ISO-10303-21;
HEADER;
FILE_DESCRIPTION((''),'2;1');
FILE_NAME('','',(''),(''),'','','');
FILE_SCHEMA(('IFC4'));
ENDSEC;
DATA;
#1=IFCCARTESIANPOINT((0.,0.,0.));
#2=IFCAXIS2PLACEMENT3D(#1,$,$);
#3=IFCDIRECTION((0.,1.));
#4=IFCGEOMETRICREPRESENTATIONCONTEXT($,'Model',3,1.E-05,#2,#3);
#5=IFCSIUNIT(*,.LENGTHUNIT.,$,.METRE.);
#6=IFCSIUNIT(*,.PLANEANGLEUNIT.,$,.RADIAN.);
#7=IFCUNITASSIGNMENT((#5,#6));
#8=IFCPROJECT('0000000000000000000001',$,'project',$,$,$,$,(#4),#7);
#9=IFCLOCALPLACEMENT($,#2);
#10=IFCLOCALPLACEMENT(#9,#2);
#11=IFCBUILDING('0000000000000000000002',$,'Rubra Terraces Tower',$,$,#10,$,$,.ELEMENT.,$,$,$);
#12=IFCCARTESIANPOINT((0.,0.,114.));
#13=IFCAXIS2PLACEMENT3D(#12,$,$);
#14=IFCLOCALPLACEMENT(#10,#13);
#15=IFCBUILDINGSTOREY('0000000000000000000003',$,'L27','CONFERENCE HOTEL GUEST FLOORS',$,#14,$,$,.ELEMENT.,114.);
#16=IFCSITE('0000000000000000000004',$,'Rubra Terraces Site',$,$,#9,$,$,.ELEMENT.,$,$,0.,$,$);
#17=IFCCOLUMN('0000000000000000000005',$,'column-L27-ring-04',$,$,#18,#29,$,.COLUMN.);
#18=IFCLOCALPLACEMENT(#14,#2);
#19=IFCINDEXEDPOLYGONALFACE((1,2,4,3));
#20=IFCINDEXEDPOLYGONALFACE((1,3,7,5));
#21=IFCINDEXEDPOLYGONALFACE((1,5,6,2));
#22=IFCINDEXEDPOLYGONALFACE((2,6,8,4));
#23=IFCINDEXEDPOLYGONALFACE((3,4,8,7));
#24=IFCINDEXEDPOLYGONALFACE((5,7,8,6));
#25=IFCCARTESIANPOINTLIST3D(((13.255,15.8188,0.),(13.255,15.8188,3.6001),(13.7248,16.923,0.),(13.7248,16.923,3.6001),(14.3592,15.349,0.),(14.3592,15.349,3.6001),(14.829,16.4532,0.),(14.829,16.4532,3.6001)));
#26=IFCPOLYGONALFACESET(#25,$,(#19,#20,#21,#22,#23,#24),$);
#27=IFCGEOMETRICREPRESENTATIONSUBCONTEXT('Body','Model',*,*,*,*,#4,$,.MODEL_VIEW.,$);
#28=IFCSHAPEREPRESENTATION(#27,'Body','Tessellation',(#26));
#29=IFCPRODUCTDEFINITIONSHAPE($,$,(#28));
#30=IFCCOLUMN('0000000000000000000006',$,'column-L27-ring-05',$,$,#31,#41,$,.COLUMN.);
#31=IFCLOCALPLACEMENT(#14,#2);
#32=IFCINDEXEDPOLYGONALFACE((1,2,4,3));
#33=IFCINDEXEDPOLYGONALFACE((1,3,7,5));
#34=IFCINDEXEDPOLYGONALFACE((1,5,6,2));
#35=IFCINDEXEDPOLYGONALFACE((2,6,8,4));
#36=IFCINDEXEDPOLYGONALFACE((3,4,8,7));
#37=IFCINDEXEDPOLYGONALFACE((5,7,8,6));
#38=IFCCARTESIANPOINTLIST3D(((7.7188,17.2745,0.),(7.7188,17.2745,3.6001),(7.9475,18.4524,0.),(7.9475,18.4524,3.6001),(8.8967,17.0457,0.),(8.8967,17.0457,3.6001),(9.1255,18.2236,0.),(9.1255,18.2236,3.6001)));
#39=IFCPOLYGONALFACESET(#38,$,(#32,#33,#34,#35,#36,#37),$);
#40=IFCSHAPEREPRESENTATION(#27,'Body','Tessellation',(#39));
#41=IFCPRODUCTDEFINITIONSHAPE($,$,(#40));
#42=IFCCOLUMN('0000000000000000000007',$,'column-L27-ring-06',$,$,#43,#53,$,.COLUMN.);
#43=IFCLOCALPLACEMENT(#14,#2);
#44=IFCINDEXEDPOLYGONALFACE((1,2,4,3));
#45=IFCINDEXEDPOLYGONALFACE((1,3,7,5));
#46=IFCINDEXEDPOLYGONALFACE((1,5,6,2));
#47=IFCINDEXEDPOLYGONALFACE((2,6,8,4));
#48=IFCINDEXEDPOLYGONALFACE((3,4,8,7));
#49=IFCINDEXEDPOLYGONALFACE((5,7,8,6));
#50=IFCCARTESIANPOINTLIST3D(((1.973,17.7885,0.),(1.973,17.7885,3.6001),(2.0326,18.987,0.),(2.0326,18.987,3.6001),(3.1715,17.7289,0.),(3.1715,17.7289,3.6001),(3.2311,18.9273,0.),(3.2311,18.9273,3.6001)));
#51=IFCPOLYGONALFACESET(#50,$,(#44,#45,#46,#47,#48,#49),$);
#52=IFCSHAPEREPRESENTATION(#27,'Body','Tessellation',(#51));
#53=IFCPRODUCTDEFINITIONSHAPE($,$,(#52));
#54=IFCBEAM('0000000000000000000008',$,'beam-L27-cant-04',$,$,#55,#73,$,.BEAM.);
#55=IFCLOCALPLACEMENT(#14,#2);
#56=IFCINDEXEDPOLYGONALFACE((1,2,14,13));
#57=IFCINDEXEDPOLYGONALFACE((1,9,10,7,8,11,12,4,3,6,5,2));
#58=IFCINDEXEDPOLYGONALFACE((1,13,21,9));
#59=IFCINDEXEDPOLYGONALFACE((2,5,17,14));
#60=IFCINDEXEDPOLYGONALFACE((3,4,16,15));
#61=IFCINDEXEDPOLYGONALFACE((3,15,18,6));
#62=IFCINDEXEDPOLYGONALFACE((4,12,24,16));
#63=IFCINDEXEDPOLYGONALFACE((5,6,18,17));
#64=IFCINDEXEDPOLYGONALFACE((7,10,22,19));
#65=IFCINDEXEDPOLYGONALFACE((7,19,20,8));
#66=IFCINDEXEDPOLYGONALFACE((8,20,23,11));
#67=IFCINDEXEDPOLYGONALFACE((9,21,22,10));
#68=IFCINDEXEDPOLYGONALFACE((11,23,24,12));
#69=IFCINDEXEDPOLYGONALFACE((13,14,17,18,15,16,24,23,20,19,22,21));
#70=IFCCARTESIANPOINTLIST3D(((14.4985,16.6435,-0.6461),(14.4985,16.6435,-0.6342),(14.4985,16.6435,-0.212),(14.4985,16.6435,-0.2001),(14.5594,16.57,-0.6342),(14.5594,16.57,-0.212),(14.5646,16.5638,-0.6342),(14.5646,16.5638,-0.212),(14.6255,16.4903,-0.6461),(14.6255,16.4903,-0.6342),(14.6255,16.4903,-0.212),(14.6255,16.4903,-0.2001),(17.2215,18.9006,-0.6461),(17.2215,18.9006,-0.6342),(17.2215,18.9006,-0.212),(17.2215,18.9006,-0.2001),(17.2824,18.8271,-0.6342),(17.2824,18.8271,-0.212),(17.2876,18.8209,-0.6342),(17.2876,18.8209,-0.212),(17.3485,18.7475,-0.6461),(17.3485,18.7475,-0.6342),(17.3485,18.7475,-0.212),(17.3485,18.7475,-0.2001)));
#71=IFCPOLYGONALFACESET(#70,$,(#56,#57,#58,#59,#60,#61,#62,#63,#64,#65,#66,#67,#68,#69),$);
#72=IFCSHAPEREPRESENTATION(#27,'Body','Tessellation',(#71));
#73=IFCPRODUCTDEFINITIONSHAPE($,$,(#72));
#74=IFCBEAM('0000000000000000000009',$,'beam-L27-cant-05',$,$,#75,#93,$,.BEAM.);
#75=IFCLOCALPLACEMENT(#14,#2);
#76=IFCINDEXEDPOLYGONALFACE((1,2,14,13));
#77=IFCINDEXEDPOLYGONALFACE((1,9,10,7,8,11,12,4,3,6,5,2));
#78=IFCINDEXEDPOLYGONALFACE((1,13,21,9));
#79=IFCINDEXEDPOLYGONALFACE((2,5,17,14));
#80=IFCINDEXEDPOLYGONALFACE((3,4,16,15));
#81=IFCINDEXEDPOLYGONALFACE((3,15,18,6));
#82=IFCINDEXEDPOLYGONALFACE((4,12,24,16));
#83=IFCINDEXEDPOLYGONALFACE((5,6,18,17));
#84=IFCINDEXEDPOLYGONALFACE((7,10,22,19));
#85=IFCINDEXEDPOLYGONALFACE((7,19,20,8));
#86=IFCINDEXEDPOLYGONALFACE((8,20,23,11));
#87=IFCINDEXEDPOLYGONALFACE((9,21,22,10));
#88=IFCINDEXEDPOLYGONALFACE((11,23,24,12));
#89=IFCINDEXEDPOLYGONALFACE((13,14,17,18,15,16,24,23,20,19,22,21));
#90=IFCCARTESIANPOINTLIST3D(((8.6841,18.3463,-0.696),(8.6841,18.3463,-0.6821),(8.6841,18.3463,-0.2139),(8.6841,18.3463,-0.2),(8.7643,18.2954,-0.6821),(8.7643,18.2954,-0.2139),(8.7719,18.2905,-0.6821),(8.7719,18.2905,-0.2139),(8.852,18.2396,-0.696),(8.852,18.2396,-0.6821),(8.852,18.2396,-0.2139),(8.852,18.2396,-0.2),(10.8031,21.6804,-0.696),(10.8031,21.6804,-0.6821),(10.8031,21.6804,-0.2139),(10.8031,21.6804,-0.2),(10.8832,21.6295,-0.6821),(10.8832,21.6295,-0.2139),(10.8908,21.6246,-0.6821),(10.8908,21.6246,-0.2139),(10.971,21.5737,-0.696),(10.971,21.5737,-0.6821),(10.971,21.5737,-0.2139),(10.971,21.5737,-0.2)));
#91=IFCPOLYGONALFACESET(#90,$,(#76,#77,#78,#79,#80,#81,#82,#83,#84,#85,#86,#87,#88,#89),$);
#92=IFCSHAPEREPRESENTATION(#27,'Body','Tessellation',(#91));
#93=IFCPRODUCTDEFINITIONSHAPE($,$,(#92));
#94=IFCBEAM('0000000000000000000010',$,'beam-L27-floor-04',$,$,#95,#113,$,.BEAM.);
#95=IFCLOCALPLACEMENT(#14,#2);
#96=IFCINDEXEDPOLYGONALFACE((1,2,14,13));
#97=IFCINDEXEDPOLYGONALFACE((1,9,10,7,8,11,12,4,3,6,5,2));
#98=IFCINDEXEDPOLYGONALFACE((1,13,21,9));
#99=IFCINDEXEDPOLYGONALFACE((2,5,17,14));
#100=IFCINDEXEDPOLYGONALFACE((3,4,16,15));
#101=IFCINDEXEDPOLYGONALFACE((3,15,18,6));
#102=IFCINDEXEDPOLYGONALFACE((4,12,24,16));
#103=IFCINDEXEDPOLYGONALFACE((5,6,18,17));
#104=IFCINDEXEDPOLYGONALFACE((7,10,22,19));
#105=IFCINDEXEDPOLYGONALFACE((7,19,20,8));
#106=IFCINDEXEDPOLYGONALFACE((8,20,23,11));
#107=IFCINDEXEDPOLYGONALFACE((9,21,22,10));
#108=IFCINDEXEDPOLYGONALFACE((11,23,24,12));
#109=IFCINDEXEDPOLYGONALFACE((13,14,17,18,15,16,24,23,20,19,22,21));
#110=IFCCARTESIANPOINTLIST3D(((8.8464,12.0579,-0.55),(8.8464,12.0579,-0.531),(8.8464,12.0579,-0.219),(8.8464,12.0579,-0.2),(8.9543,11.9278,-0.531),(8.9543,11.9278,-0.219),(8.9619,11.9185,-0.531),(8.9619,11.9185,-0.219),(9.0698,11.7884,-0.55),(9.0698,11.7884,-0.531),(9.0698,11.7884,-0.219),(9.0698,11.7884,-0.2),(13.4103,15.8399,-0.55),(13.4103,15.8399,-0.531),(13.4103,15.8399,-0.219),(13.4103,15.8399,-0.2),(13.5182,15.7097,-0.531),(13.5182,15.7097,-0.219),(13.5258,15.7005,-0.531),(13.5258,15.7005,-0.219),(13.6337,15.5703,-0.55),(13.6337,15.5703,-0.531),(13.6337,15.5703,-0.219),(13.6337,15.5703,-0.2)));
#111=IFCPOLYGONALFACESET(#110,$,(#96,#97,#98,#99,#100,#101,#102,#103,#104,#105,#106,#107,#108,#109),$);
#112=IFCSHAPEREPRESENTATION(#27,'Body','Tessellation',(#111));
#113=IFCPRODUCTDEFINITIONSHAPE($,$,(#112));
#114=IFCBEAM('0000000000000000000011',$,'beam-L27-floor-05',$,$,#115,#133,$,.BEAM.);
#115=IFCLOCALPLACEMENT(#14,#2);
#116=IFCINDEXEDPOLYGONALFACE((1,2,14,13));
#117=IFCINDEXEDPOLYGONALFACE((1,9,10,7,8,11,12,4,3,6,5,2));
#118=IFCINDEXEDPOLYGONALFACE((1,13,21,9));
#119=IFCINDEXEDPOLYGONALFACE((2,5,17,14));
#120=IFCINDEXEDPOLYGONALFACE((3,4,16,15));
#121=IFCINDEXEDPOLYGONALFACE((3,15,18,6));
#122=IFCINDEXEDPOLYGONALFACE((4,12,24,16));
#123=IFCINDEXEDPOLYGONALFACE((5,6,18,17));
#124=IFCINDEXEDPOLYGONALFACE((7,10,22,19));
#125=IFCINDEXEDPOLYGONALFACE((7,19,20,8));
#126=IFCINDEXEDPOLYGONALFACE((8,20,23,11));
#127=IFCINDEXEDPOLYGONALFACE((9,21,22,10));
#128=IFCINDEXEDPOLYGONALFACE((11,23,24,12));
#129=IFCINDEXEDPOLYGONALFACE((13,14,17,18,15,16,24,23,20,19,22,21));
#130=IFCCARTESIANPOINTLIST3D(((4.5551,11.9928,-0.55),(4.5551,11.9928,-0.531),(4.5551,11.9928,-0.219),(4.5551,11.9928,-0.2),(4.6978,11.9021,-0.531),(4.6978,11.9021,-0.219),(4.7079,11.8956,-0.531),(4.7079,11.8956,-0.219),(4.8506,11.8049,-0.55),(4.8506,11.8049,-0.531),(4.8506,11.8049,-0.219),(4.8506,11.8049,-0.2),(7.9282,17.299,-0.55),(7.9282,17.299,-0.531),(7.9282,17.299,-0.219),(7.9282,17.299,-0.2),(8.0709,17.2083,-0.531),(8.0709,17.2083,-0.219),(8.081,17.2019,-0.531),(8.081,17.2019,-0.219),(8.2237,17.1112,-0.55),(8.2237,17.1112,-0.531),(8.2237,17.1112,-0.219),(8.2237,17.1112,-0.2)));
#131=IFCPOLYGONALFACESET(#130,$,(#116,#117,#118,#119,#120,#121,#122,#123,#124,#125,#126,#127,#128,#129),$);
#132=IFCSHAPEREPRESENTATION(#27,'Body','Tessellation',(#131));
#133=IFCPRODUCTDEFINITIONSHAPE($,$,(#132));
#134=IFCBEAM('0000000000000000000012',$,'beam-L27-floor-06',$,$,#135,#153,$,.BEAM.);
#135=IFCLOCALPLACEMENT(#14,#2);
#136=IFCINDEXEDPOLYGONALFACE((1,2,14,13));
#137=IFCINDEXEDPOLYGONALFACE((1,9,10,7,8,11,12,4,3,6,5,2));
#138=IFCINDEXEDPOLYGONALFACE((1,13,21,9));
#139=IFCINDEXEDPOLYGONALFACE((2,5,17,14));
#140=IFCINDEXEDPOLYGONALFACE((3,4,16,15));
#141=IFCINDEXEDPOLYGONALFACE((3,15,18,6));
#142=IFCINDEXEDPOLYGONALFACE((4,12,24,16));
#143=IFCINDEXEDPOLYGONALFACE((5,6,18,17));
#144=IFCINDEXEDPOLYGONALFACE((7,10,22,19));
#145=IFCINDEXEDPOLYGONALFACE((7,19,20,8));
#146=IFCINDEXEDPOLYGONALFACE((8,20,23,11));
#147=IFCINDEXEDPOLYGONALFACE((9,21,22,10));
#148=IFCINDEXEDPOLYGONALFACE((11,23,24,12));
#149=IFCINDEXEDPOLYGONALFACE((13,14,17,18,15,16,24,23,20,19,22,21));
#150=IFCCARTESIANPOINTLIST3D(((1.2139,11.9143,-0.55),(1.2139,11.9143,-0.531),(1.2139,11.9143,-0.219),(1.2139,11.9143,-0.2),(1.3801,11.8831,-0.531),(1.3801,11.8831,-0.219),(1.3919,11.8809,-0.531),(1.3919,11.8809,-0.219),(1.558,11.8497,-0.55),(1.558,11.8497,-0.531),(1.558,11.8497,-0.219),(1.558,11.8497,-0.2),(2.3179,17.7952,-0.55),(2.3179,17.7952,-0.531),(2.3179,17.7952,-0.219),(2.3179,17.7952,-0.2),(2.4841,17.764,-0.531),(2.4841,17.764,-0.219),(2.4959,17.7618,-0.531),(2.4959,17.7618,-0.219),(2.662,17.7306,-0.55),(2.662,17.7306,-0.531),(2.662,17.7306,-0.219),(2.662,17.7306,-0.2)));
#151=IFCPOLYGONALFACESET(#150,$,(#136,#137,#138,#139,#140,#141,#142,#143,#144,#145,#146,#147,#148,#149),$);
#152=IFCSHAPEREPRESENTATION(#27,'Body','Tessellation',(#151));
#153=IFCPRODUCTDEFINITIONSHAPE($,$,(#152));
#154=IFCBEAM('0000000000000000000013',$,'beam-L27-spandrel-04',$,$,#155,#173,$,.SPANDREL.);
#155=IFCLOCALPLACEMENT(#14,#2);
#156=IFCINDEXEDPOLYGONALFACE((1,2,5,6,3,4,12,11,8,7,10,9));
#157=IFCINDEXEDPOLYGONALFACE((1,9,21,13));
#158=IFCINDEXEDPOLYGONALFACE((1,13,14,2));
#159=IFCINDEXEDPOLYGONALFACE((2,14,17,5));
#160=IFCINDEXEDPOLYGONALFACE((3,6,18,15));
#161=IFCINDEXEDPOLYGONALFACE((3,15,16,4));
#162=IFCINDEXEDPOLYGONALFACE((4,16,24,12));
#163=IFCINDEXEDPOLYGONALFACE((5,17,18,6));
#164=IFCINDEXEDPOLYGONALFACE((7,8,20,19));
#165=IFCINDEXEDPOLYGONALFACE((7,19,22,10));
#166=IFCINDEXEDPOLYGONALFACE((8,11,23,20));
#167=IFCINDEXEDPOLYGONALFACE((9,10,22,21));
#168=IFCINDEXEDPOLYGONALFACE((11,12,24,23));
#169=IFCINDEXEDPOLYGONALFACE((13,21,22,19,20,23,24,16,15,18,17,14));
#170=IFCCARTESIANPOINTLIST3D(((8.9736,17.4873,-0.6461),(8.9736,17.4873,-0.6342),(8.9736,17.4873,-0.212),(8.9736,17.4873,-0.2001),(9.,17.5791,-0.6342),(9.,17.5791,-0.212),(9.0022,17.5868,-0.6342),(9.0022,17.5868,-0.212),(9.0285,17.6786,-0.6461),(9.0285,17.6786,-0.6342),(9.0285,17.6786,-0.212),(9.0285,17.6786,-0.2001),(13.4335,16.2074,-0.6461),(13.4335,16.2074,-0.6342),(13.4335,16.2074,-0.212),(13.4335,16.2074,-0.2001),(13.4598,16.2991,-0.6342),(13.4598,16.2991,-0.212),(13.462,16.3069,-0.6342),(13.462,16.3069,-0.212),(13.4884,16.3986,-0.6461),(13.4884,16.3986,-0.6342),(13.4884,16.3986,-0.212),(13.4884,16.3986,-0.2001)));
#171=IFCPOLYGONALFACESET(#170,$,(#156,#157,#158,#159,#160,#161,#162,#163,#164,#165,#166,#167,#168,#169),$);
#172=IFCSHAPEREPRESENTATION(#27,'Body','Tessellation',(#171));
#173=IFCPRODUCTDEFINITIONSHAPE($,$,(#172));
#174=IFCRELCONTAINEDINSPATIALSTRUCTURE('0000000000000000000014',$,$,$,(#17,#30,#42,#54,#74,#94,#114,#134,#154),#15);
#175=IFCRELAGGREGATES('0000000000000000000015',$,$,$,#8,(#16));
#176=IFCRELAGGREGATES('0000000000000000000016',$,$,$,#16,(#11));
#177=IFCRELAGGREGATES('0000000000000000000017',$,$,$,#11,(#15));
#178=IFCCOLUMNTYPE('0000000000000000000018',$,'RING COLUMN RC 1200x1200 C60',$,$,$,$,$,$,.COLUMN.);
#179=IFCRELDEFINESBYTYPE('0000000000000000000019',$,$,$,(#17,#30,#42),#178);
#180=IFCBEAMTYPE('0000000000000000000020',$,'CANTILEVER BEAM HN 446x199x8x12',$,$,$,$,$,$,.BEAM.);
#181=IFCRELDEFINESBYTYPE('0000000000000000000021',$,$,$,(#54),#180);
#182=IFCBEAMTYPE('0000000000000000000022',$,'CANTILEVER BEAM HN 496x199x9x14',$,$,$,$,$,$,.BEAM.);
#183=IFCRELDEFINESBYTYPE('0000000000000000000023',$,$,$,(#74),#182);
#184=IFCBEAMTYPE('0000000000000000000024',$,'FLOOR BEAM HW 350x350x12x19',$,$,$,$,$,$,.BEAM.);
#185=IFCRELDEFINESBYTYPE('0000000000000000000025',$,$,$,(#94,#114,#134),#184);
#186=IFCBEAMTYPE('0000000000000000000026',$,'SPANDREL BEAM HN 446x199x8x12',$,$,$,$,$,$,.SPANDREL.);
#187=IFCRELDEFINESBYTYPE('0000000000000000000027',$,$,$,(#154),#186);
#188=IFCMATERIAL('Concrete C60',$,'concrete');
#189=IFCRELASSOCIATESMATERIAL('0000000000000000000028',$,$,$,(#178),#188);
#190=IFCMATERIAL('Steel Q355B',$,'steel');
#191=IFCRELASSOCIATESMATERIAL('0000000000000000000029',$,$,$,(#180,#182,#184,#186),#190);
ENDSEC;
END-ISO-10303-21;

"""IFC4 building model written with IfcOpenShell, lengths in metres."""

from ifc_helpers import new_model, si_unit, direction, frame, origin, origin_2d, place, context, subcontext, project, spatial, rectangle, i_section, extrude, material, material_profile, profile_set, type_object, element, save


model = new_model("IFC4")

# Units and contexts
model_context = context("Model", 3, precision=1e-05, world=origin(), true_north=direction((0.0, 1.0)))
body_context = subcontext(model_context, "Body", "Model", "MODEL_VIEW")
ifc_project = project(units=[si_unit("LENGTHUNIT", "METRE"), si_unit("PLANEANGLEUNIT", "RADIAN")], contexts=[model_context])

# Site, building, storey
site_placement = place(None, origin())
site = spatial("IfcSite", under=ifc_project, at=site_placement, Name="Rubra Terraces Site", CompositionType="ELEMENT", RefElevation=0.0)
building_placement = place(site_placement, origin())
building = spatial("IfcBuilding", under=site, at=building_placement, Name="Rubra Terraces Tower", CompositionType="ELEMENT")
storey_placement = place(building_placement, frame((0.0, 0.0, 114.0)))
storey = spatial("IfcBuildingStorey", under=building, at=storey_placement, Name="L27", Description="CONFERENCE HOTEL GUEST FLOORS", CompositionType="ELEMENT", Elevation=114.0)

# Columns
ifc_material_1 = material(Name="Concrete C60", Category="concrete")
ifc_material_profile_1 = material_profile(ifc_material_1, rectangle(XDim=1.2, YDim=1.2, at=origin_2d()), Name="RC 1200x1200")
ifc_profile_set_1 = profile_set([ifc_material_profile_1], Name="Concrete C60")
column_type = type_object("IfcColumnType", Name="RING COLUMN RC 1200x1200 C60", PredefinedType="COLUMN", material=ifc_profile_set_1)
for number, where, z_axis, x_axis, name in (
    (1, (14.042, 16.136, 0.0), (0.0, 0.0, 1.0), (-0.920168, 0.391524, 0.0), "column-L27-ring-04"),
    (2, (8.4221, 17.749, 0.0), (0.0, 0.0, 1.0), (-0.981655, 0.190668, 0.0), "column-L27-ring-05"),
    (3, (2.6021, 18.3579, 0.0), (0.0, 0.0, 1.0), (-0.998764, 0.049699, 0.0), "column-L27-ring-06"),
):
    element("IfcColumn", number, at=place(storey_placement, frame(where, z_axis=z_axis, x_axis=x_axis)), inside=storey, type_object=column_type, Name=name, PredefinedType="COLUMN", context=body_context, shape_type="SweptSolid", body=[
        extrude(rectangle(XDim=1.2, YDim=1.2, at=origin_2d()), origin(), (0.0, 0.0, 1.0), 3.6001),
    ])

# Beams
ifc_material_2 = material(Name="Steel Q355B", Category="steel")
ifc_material_profile_2 = material_profile(ifc_material_2, i_section(OverallWidth=0.199, OverallDepth=0.446, WebThickness=0.0081, FlangeThickness=0.012, at=origin_2d()), Name="HN 446x199x8x12")
ifc_profile_set_2 = profile_set([ifc_material_profile_2], Name="Steel Q355B")
beam_type_1 = type_object("IfcBeamType", Name="CANTILEVER BEAM HN 446x199x8x12", PredefinedType="BEAM", material=ifc_profile_set_2)
beam_1_placement = place(storey_placement, frame((14.562, 16.5669, -0.4231), z_axis=(0.769888, 0.638179, 0.0), x_axis=(-0.638179, 0.769888, 0.0)))
element("IfcBeam", 4, at=beam_1_placement, inside=storey, type_object=beam_type_1, Name="beam-L27-cant-04", PredefinedType="BEAM", context=body_context, shape_type="SweptSolid", body=[
    extrude(i_section(OverallWidth=0.199, OverallDepth=0.446, WebThickness=0.0081, FlangeThickness=0.012, at=origin_2d()), origin(), (0.0, 0.0, 1.0), 3.5369),
])
ifc_material_profile_3 = material_profile(ifc_material_2, i_section(OverallWidth=0.199, OverallDepth=0.4961, WebThickness=0.009, FlangeThickness=0.0139, at=origin_2d()), Name="HN 496x199x9x14")
ifc_profile_set_3 = profile_set([ifc_material_profile_3], Name="Steel Q355B")
beam_type_2 = type_object("IfcBeamType", Name="CANTILEVER BEAM HN 496x199x9x14", PredefinedType="BEAM", material=ifc_profile_set_3)
beam_2_placement = place(storey_placement, frame((8.7681, 18.293, -0.448), z_axis=(0.536384, 0.843974, 0.0), x_axis=(-0.843974, 0.536384, 0.0)))
element("IfcBeam", 5, at=beam_2_placement, inside=storey, type_object=beam_type_2, Name="beam-L27-cant-05", PredefinedType="BEAM", context=body_context, shape_type="SweptSolid", body=[
    extrude(i_section(OverallWidth=0.199, OverallDepth=0.4961, WebThickness=0.009, FlangeThickness=0.0139, at=origin_2d()), origin(), (0.0, 0.0, 1.0), 3.9504),
])
ifc_material_profile_4 = material_profile(ifc_material_2, i_section(OverallWidth=0.3501, OverallDepth=0.3501, WebThickness=0.012, FlangeThickness=0.019, at=origin_2d()), Name="HW 350x350x12x19")
ifc_profile_set_4 = profile_set([ifc_material_profile_4], Name="Steel Q355B")
beam_type_3 = type_object("IfcBeamType", Name="FLOOR BEAM HW 350x350x12x19", PredefinedType="BEAM", material=ifc_profile_set_4)
beam_3_placement = place(storey_placement, frame((13.522, 15.7051, -0.375), z_axis=(-0.769987, -0.638059, 0.0), x_axis=(0.638059, -0.769987, 0.0)))
element("IfcBeam", 6, at=beam_3_placement, inside=storey, type_object=beam_type_3, Name="beam-L27-floor-04", PredefinedType="BEAM", context=body_context, shape_type="SweptSolid", body=[
    extrude(i_section(OverallWidth=0.3501, OverallDepth=0.3501, WebThickness=0.012, FlangeThickness=0.019, at=origin_2d()), origin(), (0.0, 0.0, 1.0), 5.9272),
])
beam_4_placement = place(storey_placement, frame((8.0759, 17.2051, -0.375), z_axis=(-0.536468, -0.84392, 0.0), x_axis=(0.84392, -0.536468, 0.0)))
element("IfcBeam", 7, at=beam_4_placement, inside=storey, type_object=beam_type_3, Name="beam-L27-floor-05", PredefinedType="BEAM", context=body_context, shape_type="SweptSolid", body=[
    extrude(i_section(OverallWidth=0.3501, OverallDepth=0.3501, WebThickness=0.012, FlangeThickness=0.019, at=origin_2d()), origin(), (0.0, 0.0, 1.0), 6.2876),
])
beam_5_placement = place(storey_placement, frame((2.49, 17.7629, -0.375), z_axis=(-0.184505, -0.982832, 0.0), x_axis=(0.982832, -0.184505, 0.0)))
element("IfcBeam", 8, at=beam_5_placement, inside=storey, type_object=beam_type_3, Name="beam-L27-floor-06", PredefinedType="BEAM", context=body_context, shape_type="SweptSolid", body=[
    extrude(i_section(OverallWidth=0.3501, OverallDepth=0.3501, WebThickness=0.012, FlangeThickness=0.019, at=origin_2d()), origin(), (0.0, 0.0, 1.0), 5.9836),
])
ifc_material_profile_5 = material_profile(ifc_material_2, i_section(OverallWidth=0.199, OverallDepth=0.446, WebThickness=0.0081, FlangeThickness=0.012, at=origin_2d()), Name="HN 446x199x8x12")
ifc_profile_set_5 = profile_set([ifc_material_profile_5], Name="Steel Q355B")
beam_type_4 = type_object("IfcBeamType", Name="SPANDREL BEAM HN 446x199x8x12", PredefinedType="SPANDREL", material=ifc_profile_set_5)
beam_6_placement = place(storey_placement, frame((13.4609, 16.303, -0.4231), z_axis=(-0.961196, 0.275868, 0.0), x_axis=(-0.275868, -0.961196, 0.0)))
element("IfcBeam", 9, at=beam_6_placement, inside=storey, type_object=beam_type_4, Name="beam-L27-spandrel-04", PredefinedType="SPANDREL", context=body_context, shape_type="SweptSolid", body=[
    extrude(i_section(OverallWidth=0.199, OverallDepth=0.446, WebThickness=0.0081, FlangeThickness=0.012, at=origin_2d()), origin(), (0.0, 0.0, 1.0), 4.6399),
])

save(model, "model.ifc")
